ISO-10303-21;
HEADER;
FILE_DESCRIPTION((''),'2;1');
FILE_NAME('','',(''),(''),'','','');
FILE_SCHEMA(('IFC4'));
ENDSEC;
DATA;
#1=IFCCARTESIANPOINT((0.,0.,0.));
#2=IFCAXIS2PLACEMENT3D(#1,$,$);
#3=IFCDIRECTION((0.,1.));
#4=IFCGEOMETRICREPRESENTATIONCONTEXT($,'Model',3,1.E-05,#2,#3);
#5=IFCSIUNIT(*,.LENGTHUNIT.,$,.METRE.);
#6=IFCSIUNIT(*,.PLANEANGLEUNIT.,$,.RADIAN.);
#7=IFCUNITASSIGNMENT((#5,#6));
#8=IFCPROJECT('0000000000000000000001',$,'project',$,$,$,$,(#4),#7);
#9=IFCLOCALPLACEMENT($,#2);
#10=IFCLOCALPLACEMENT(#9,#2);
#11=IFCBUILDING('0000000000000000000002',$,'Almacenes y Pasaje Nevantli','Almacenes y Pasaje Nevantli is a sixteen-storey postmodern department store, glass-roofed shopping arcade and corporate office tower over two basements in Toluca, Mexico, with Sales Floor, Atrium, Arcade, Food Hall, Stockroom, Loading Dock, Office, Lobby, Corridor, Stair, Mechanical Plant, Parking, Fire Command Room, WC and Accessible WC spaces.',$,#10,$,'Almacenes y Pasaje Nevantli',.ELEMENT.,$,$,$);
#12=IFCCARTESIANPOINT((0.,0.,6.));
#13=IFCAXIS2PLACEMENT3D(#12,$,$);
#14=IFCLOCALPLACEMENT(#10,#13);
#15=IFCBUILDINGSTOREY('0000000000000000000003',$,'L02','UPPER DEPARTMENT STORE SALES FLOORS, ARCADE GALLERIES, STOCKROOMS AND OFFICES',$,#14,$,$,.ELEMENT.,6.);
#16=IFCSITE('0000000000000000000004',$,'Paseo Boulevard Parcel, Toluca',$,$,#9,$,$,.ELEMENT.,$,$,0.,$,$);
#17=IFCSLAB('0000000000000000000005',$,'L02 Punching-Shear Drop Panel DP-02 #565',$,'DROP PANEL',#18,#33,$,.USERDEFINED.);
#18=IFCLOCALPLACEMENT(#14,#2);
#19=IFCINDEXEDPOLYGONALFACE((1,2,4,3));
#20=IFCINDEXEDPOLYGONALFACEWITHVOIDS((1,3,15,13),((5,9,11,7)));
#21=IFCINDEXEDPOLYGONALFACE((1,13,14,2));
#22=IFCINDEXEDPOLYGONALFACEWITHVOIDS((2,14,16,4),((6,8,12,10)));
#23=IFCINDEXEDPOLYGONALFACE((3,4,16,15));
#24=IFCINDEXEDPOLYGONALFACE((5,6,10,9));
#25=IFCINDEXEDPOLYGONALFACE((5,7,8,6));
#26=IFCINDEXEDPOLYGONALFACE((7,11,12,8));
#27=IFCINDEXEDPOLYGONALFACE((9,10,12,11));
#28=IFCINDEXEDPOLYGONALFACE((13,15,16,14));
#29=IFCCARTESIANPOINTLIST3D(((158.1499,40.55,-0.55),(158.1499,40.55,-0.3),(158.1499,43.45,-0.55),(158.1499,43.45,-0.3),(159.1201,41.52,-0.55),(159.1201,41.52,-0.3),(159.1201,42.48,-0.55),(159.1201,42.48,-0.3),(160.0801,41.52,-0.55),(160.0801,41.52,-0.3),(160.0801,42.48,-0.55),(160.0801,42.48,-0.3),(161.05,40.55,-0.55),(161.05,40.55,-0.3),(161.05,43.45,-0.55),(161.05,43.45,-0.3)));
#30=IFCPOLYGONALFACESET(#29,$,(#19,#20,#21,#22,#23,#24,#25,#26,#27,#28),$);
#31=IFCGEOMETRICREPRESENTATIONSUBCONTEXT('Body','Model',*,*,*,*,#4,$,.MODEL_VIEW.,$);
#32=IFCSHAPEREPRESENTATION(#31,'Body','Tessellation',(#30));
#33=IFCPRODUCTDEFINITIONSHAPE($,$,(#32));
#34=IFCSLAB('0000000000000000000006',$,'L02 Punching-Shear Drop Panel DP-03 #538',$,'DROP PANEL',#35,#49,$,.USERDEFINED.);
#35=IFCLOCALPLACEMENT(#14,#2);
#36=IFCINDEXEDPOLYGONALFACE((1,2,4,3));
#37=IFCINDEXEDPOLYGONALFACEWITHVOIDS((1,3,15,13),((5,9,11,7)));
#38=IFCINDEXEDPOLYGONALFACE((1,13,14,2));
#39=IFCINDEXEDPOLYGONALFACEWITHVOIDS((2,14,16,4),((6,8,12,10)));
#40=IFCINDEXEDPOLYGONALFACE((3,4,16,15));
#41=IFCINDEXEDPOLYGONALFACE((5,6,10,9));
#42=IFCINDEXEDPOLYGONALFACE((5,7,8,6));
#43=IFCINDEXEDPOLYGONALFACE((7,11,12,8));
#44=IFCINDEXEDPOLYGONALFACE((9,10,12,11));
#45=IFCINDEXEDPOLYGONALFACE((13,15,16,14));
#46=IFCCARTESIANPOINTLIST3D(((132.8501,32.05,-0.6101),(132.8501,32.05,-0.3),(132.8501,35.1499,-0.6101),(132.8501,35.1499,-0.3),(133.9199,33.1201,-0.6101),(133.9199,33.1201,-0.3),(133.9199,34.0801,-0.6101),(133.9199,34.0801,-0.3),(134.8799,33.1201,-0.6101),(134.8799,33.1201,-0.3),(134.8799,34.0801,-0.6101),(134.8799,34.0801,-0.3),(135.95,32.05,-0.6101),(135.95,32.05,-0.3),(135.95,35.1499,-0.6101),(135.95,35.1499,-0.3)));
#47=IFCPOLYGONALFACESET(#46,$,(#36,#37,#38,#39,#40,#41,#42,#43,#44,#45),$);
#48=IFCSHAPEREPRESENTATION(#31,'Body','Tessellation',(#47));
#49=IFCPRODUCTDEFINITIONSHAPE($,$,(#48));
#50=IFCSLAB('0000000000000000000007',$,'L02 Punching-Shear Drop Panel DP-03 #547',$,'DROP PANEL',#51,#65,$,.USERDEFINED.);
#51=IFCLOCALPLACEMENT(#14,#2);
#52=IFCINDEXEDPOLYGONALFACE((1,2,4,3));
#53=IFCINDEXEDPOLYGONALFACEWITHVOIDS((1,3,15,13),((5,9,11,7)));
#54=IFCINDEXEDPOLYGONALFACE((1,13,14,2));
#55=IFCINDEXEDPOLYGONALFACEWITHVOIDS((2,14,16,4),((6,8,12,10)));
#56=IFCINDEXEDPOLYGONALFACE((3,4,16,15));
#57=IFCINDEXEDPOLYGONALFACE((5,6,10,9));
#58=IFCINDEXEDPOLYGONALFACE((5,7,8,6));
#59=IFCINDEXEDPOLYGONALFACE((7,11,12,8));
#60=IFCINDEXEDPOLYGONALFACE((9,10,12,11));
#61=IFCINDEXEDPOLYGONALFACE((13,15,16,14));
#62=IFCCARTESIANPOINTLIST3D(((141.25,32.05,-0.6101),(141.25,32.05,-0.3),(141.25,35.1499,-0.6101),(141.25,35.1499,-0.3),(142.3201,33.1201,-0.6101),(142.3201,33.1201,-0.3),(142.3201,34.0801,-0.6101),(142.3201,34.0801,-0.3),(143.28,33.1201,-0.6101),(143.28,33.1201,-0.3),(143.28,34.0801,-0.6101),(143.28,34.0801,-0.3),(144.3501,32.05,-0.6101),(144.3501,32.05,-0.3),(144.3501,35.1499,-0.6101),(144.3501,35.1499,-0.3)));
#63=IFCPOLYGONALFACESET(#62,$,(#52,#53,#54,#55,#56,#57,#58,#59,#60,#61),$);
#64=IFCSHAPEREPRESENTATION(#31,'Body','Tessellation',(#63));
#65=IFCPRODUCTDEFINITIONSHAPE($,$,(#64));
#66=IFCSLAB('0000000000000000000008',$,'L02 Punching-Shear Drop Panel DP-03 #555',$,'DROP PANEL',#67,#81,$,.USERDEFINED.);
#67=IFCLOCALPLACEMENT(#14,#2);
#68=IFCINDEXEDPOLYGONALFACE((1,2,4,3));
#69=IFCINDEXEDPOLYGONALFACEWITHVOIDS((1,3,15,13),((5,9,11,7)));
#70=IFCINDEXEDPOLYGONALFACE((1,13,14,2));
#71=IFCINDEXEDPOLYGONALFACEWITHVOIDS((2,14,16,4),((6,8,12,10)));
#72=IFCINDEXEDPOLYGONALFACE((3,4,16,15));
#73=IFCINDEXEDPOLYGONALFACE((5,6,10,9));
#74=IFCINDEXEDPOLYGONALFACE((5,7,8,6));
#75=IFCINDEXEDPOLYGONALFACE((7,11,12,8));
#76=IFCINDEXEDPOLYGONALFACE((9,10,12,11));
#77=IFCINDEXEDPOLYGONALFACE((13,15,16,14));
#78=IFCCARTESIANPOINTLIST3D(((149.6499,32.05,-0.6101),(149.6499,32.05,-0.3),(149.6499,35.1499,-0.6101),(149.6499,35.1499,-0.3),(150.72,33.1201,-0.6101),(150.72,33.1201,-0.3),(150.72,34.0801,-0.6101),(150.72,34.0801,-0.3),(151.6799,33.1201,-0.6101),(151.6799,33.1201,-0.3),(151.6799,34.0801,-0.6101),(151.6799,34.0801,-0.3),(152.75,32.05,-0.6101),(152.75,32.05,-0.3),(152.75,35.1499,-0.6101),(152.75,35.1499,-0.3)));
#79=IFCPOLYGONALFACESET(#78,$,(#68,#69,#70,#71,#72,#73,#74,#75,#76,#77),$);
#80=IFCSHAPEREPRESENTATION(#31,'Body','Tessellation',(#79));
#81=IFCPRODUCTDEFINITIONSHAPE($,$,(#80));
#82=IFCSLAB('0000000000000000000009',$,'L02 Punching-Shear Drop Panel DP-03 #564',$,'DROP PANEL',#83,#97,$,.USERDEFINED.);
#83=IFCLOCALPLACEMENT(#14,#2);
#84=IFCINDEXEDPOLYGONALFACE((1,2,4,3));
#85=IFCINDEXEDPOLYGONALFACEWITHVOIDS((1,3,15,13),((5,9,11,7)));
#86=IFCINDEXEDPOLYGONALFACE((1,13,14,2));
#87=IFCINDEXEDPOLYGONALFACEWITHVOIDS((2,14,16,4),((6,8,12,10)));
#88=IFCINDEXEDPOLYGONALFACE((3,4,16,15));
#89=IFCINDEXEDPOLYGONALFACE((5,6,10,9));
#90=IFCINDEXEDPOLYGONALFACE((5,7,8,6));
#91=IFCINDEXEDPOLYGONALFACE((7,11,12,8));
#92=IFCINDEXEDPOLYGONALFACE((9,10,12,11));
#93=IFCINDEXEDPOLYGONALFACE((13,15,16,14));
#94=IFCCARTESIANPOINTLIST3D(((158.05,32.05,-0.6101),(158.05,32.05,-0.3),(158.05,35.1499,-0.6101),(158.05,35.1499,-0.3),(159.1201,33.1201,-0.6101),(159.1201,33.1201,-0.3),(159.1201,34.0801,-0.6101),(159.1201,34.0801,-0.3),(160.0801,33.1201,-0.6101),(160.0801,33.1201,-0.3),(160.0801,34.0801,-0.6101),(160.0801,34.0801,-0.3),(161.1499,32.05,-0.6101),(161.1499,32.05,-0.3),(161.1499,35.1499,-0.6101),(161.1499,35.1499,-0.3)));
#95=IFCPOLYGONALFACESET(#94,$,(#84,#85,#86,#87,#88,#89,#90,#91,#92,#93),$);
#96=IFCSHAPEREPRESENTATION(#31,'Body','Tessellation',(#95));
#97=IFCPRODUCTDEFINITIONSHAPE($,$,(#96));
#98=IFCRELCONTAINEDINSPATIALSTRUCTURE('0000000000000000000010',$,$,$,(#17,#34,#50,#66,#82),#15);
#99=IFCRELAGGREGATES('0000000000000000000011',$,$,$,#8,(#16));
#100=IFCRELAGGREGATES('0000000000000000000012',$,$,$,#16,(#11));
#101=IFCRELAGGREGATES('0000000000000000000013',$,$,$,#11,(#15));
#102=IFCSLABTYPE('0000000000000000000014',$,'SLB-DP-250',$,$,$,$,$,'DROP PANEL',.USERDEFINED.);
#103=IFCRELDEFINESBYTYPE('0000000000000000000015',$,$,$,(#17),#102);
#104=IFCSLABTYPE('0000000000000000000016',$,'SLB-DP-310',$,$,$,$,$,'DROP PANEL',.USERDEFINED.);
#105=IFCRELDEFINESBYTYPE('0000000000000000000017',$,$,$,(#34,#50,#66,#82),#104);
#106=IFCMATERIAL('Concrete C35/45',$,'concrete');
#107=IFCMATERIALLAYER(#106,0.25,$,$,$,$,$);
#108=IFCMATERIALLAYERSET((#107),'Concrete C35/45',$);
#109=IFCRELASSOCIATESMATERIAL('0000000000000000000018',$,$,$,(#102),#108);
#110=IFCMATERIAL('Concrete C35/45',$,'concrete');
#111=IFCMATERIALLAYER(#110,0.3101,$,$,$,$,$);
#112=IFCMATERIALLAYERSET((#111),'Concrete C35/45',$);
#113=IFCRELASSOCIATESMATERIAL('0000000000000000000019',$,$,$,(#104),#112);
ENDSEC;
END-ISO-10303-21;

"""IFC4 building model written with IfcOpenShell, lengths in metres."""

from ifc_helpers import new_model, si_unit, direction, frame, origin, place, context, subcontext, project, spatial, polyline, outline, extrude, material, layer, layer_set, type_object, element, save


model = new_model("IFC4")

# Units and contexts
model_context = context("Model", 3, precision=1e-05, world=origin(), true_north=direction((0.0, 1.0)))
body_context = subcontext(model_context, "Body", "Model", "MODEL_VIEW")
ifc_project = project(units=[si_unit("LENGTHUNIT", "METRE"), si_unit("PLANEANGLEUNIT", "RADIAN")], contexts=[model_context])

# Site, building, storey
site_placement = place(None, origin())
site = spatial("IfcSite", under=ifc_project, at=site_placement, Name="Paseo Boulevard Parcel, Toluca", CompositionType="ELEMENT", RefElevation=0.0)
building_placement = place(site_placement, origin())
building = spatial("IfcBuilding", under=site, at=building_placement, Name="Almacenes y Pasaje Nevantli", Description="Almacenes y Pasaje Nevantli is a sixteen-storey postmodern department store, glass-roofed shopping arcade and corporate office tower over two basements in Toluca, Mexico, with Sales Floor, Atrium, Arcade, Food Hall, Stockroom, Loading Dock, Office, Lobby, Corridor, Stair, Mechanical Plant, Parking, Fire Command Room, WC and Accessible WC spaces.", LongName="Almacenes y Pasaje Nevantli", CompositionType="ELEMENT")
storey_placement = place(building_placement, frame((0.0, 0.0, 6.0)))
storey = spatial("IfcBuildingStorey", under=building, at=storey_placement, Name="L02", Description="UPPER DEPARTMENT STORE SALES FLOORS, ARCADE GALLERIES, STOCKROOMS AND OFFICES", CompositionType="ELEMENT", Elevation=6.0)

# Slabs
ifc_material_1 = material(Name="Concrete C35/45", Category="concrete")
ifc_layer_1 = layer(ifc_material_1, 0.25)
ifc_layer_set_1 = layer_set([ifc_layer_1], Name="Concrete C35/45")
slab_type_1 = type_object("IfcSlabType", Name="SLB-DP-250", ElementType="DROP PANEL", PredefinedType="USERDEFINED", material=ifc_layer_set_1)
slab_1_placement = place(storey_placement, frame((0.0, 0.0, -0.55)))
element("IfcSlab", 1, at=slab_1_placement, inside=storey, type_object=slab_type_1, Name="L02 Punching-Shear Drop Panel DP-02 #565", ObjectType="DROP PANEL", PredefinedType="USERDEFINED", context=body_context, shape_type="SweptSolid", body=[
    extrude(outline(polyline([(158.1499, 40.55), (161.05, 40.55), (161.05, 43.45), (158.1499, 43.45), (158.1499, 40.55)]), holes=[polyline([(159.1201, 41.52), (160.0801, 41.52), (160.0801, 42.48), (159.1201, 42.48), (159.1201, 41.52)])]), origin(), (0.0, 0.0, 1.0), 0.25),
])
ifc_material_2 = material(Name="Concrete C35/45", Category="concrete")
ifc_layer_2 = layer(ifc_material_2, 0.3101)
ifc_layer_set_2 = layer_set([ifc_layer_2], Name="Concrete C35/45")
slab_type_2 = type_object("IfcSlabType", Name="SLB-DP-310", ElementType="DROP PANEL", PredefinedType="USERDEFINED", material=ifc_layer_set_2)
slab_2_placement = place(storey_placement, frame((0.0, 0.0, -0.6101)))
element("IfcSlab", 2, at=slab_2_placement, inside=storey, type_object=slab_type_2, Name="L02 Punching-Shear Drop Panel DP-03 #538", ObjectType="DROP PANEL", PredefinedType="USERDEFINED", context=body_context, shape_type="SweptSolid", body=[
    extrude(outline(polyline([(132.8501, 32.05), (135.95, 32.05), (135.95, 35.1499), (132.8501, 35.1499), (132.8501, 32.05)]), holes=[polyline([(133.9199, 33.1201), (134.8799, 33.1201), (134.8799, 34.0801), (133.9199, 34.0801), (133.9199, 33.1201)])]), origin(), (0.0, 0.0, 1.0), 0.3101),
])
slab_3_placement = place(storey_placement, frame((0.0, 0.0, -0.6101)))
element("IfcSlab", 3, at=slab_3_placement, inside=storey, type_object=slab_type_2, Name="L02 Punching-Shear Drop Panel DP-03 #547", ObjectType="DROP PANEL", PredefinedType="USERDEFINED", context=body_context, shape_type="SweptSolid", body=[
    extrude(outline(polyline([(141.25, 32.05), (144.3501, 32.05), (144.3501, 35.1499), (141.25, 35.1499), (141.25, 32.05)]), holes=[polyline([(142.3201, 33.1201), (143.28, 33.1201), (143.28, 34.0801), (142.3201, 34.0801), (142.3201, 33.1201)])]), origin(), (0.0, 0.0, 1.0), 0.3101),
])
slab_4_placement = place(storey_placement, frame((0.0, 0.0, -0.6101)))
element("IfcSlab", 4, at=slab_4_placement, inside=storey, type_object=slab_type_2, Name="L02 Punching-Shear Drop Panel DP-03 #555", ObjectType="DROP PANEL", PredefinedType="USERDEFINED", context=body_context, shape_type="SweptSolid", body=[
    extrude(outline(polyline([(149.6499, 32.05), (152.75, 32.05), (152.75, 35.1499), (149.6499, 35.1499), (149.6499, 32.05)]), holes=[polyline([(150.72, 33.1201), (151.6799, 33.1201), (151.6799, 34.0801), (150.72, 34.0801), (150.72, 33.1201)])]), origin(), (0.0, 0.0, 1.0), 0.3101),
])
slab_5_placement = place(storey_placement, frame((0.0, 0.0, -0.6101)))
element("IfcSlab", 5, at=slab_5_placement, inside=storey, type_object=slab_type_2, Name="L02 Punching-Shear Drop Panel DP-03 #564", ObjectType="DROP PANEL", PredefinedType="USERDEFINED", context=body_context, shape_type="SweptSolid", body=[
    extrude(outline(polyline([(158.05, 32.05), (161.1499, 32.05), (161.1499, 35.1499), (158.05, 35.1499), (158.05, 32.05)]), holes=[polyline([(159.1201, 33.1201), (160.0801, 33.1201), (160.0801, 34.0801), (159.1201, 34.0801), (159.1201, 33.1201)])]), origin(), (0.0, 0.0, 1.0), 0.3101),
])

save(model, "model.ifc")
